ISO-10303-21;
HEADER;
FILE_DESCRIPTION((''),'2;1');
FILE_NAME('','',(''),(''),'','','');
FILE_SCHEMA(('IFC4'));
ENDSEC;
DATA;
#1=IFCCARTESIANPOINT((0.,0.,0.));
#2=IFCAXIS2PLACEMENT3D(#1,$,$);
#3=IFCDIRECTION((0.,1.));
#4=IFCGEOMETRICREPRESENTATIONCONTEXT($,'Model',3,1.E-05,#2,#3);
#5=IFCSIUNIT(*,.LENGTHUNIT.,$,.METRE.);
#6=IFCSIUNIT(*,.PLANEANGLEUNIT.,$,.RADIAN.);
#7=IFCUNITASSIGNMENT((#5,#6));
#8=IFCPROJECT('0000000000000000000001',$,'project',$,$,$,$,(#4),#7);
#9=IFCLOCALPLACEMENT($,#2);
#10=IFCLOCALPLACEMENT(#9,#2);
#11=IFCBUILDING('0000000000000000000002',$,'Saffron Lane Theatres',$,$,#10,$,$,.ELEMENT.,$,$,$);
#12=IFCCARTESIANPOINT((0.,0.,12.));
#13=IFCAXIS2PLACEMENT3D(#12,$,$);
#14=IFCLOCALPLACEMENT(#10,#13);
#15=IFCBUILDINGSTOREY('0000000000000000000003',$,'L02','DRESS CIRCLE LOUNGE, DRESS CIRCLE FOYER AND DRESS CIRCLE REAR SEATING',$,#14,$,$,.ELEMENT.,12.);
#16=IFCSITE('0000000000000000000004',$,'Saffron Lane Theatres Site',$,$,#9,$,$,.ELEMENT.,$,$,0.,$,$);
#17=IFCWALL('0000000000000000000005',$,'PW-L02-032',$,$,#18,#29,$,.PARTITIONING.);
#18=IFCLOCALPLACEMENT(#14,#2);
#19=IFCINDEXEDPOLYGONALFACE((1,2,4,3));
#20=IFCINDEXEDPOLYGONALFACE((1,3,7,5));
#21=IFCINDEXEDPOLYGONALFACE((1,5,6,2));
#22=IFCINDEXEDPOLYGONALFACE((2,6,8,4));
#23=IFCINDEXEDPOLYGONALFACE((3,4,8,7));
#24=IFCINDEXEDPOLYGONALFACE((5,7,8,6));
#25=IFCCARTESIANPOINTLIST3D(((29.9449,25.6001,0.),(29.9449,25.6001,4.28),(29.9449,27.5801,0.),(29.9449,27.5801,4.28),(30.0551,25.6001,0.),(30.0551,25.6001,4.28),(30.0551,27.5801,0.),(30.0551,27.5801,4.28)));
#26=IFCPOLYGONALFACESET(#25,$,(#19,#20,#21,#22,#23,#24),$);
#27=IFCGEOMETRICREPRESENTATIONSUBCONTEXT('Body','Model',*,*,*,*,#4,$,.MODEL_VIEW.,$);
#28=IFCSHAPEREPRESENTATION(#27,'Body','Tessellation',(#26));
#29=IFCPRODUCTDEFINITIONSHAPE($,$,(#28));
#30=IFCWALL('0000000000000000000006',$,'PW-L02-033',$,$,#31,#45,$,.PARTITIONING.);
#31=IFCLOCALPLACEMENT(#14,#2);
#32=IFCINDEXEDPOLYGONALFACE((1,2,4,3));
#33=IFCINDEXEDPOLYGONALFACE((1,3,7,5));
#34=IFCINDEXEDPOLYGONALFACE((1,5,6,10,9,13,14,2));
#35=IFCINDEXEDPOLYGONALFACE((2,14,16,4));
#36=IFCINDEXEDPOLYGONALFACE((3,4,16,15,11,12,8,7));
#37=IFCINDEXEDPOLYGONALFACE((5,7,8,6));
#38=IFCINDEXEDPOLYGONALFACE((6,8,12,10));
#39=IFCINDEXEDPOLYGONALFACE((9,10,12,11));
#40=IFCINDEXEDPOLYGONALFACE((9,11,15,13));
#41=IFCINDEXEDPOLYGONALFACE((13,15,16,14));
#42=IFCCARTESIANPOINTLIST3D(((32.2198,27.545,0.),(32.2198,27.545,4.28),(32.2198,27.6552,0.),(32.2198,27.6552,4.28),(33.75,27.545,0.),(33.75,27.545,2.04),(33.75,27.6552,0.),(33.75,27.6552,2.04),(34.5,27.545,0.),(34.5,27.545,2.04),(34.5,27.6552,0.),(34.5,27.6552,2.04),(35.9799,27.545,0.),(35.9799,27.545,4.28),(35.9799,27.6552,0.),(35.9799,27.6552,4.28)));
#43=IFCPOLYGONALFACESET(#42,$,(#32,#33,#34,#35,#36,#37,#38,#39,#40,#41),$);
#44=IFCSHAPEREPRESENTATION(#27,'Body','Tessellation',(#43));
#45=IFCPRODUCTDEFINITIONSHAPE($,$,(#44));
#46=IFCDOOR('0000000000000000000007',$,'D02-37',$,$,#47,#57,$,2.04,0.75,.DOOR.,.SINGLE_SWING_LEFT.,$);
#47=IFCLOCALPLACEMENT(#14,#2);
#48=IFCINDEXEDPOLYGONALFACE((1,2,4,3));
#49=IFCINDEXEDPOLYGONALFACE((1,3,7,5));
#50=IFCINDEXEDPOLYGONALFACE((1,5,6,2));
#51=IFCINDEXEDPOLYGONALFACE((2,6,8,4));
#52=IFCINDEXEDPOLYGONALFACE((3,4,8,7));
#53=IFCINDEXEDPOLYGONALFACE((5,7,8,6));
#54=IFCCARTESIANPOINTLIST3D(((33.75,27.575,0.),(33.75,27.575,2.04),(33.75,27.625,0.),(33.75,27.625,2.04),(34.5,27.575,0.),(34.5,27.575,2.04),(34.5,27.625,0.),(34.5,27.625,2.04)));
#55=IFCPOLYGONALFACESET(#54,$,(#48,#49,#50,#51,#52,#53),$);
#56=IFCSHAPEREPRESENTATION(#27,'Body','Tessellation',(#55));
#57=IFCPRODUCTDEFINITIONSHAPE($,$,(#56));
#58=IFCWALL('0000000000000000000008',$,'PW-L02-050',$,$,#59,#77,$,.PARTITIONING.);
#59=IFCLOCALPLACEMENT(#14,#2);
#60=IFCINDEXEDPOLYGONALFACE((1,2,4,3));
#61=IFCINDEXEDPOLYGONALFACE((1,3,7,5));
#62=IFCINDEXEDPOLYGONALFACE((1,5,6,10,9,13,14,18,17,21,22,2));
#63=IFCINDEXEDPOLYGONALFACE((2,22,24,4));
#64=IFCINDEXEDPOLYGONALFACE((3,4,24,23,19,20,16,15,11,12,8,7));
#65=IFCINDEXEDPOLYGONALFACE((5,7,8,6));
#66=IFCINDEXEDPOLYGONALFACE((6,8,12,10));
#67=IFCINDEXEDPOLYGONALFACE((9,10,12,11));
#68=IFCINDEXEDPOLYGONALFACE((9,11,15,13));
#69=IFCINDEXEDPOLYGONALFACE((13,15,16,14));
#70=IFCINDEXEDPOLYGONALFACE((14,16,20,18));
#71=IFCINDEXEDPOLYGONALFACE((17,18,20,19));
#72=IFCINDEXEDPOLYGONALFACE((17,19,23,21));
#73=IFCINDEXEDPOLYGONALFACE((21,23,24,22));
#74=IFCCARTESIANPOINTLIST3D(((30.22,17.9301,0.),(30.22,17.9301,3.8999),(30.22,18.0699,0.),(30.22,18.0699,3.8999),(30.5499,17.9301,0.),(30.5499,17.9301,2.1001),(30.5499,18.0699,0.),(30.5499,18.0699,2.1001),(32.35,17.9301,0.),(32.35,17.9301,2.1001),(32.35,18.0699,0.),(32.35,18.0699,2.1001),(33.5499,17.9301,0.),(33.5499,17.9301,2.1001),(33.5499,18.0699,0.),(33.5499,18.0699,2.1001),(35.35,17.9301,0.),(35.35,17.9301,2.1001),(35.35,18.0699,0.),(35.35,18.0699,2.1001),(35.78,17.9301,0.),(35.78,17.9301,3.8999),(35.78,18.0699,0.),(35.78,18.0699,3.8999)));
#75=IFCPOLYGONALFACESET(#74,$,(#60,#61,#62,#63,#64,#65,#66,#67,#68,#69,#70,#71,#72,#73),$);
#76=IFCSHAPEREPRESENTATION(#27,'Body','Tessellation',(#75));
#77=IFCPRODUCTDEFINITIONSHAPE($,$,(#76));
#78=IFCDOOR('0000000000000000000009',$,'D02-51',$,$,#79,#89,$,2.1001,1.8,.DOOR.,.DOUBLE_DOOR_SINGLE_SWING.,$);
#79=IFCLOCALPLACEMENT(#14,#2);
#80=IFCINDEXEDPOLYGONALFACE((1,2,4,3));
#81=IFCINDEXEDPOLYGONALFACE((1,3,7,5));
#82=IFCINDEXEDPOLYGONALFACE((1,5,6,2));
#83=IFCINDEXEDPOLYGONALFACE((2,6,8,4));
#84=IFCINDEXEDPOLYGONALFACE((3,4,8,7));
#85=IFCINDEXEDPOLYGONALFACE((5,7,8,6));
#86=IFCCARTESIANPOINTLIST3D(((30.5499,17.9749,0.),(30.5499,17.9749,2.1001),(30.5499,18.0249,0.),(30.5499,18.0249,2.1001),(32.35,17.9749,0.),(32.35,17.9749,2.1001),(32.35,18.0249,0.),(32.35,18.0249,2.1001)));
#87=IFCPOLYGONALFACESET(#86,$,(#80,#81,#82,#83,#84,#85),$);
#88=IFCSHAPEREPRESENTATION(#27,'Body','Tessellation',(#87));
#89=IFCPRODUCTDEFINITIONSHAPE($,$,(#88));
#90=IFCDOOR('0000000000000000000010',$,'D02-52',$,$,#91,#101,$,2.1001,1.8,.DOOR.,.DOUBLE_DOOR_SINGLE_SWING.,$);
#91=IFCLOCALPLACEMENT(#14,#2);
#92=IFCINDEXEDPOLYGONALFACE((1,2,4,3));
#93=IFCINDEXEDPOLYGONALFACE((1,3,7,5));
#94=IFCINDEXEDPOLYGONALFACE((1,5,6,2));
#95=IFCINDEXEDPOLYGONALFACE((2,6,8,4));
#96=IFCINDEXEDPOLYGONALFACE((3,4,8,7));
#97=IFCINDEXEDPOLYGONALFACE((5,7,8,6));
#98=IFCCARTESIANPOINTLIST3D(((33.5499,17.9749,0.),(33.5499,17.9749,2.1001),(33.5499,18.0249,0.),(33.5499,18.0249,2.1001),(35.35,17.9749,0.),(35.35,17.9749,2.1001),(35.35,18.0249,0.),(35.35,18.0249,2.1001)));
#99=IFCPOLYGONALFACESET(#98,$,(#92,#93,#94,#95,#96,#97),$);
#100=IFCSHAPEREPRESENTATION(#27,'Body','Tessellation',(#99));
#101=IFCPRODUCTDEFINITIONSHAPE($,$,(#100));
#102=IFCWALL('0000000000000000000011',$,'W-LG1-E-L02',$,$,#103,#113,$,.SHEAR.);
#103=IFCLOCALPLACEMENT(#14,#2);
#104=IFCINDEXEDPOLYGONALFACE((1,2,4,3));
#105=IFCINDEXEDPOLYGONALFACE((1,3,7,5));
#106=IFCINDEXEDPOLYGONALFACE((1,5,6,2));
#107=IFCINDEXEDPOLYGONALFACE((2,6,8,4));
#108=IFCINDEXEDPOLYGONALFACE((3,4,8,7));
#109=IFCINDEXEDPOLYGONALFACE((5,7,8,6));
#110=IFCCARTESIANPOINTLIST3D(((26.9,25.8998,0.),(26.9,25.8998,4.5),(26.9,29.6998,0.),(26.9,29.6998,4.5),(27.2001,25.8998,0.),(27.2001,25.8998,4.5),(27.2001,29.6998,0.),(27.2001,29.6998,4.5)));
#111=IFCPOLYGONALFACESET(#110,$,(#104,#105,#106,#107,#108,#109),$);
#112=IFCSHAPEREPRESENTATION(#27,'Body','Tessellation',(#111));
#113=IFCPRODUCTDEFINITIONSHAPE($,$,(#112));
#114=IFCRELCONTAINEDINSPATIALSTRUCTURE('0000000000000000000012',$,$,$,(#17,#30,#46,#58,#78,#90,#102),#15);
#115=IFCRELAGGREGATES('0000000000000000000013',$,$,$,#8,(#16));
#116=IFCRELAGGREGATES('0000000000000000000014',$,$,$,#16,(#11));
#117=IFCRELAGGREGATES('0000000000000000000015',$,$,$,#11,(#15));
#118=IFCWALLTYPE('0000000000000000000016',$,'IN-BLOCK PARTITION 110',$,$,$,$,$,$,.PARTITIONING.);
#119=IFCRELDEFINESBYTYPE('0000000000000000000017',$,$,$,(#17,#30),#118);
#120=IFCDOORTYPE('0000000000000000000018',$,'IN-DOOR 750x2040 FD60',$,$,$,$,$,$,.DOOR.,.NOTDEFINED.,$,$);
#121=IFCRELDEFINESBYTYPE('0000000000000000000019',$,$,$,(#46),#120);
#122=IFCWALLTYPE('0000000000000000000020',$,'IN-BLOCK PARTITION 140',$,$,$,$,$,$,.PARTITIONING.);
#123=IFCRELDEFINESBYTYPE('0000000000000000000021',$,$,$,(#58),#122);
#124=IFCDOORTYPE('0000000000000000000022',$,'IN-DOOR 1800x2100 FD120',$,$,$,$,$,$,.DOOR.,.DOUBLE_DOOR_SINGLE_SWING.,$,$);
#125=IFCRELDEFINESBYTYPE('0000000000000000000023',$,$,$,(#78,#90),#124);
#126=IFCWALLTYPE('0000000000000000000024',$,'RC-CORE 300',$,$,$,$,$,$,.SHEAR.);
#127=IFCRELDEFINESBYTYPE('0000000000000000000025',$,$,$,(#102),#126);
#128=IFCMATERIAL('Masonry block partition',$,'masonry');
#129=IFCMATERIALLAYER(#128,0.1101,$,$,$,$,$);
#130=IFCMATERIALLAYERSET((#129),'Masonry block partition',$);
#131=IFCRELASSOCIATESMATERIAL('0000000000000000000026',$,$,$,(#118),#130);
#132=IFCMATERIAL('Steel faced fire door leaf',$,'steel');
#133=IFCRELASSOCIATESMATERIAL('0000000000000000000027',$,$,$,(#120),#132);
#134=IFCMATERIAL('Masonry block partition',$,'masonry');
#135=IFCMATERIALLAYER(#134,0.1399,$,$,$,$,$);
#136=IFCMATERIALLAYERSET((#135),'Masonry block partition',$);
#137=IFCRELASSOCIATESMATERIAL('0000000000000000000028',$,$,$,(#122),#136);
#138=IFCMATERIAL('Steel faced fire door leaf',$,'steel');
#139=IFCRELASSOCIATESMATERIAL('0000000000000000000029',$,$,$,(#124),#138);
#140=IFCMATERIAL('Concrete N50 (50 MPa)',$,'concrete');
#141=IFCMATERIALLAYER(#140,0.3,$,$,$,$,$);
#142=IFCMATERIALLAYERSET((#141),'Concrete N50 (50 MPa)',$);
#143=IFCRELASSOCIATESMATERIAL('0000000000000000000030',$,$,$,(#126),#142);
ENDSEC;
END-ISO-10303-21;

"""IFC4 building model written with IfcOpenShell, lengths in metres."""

from ifc_helpers import new_model, si_unit, direction, frame, frame_2d, origin, place, context, subcontext, project, spatial, rectangle, extrude, material, layer, layer_set, type_object, element, fill, save


model = new_model("IFC4")

# Units and contexts
model_context = context("Model", 3, precision=1e-05, world=origin(), true_north=direction((0.0, 1.0)))
body_context = subcontext(model_context, "Body", "Model", "MODEL_VIEW")
ifc_project = project(units=[si_unit("LENGTHUNIT", "METRE"), si_unit("PLANEANGLEUNIT", "RADIAN")], contexts=[model_context])

# Site, building, storey
site_placement = place(None, origin())
site = spatial("IfcSite", under=ifc_project, at=site_placement, Name="Saffron Lane Theatres Site", CompositionType="ELEMENT", RefElevation=0.0)
building_placement = place(site_placement, origin())
building = spatial("IfcBuilding", under=site, at=building_placement, Name="Saffron Lane Theatres", CompositionType="ELEMENT")
storey_placement = place(building_placement, frame((0.0, 0.0, 12.0)))
storey = spatial("IfcBuildingStorey", under=building, at=storey_placement, Name="L02", Description="DRESS CIRCLE LOUNGE, DRESS CIRCLE FOYER AND DRESS CIRCLE REAR SEATING", CompositionType="ELEMENT", Elevation=12.0)

# Shared definitions
ifc_material_1 = material(Name="Masonry block partition", Category="masonry")
ifc_layer_1 = layer(ifc_material_1, 0.1101)
ifc_layer_set_1 = layer_set([ifc_layer_1], Name="Masonry block partition")
wall_type_1 = type_object("IfcWallType", Name="IN-BLOCK PARTITION 110", PredefinedType="PARTITIONING", material=ifc_layer_set_1)
ifc_material_2 = material(Name="Steel faced fire door leaf", Category="steel")
door_type_1 = type_object("IfcDoorType", Name="IN-DOOR 750x2040 FD60", OperationType="NOTDEFINED", PredefinedType="DOOR", material=ifc_material_2)

# Wall
wall_1_placement = place(storey_placement, frame((30.0, 25.6001, 0.0), z_axis=(0.0, 0.0, 1.0), x_axis=(0.0, 1.0, 0.0)))
element("IfcWall", 1, at=wall_1_placement, inside=storey, type_object=wall_type_1, Name="PW-L02-032", PredefinedType="PARTITIONING", context=body_context, shape_type="SweptSolid", body=[
    extrude(rectangle(XDim=1.98, YDim=0.1101, at=frame_2d((0.99, 0.0))), origin(), (0.0, 0.0, 1.0), 4.28),
])

# Wall, opening, door
wall_2_placement = place(storey_placement, frame((32.22, 27.6001, 0.0), z_axis=(0.0, 0.0, 1.0), x_axis=(1.0, 0.0, 0.0)))
wall_2 = element("IfcWall", 2, at=wall_2_placement, inside=storey, type_object=wall_type_1, Name="PW-L02-033", PredefinedType="PARTITIONING", context=body_context, shape_type="SweptSolid", body=[
    extrude(rectangle(XDim=3.76, YDim=0.1101, at=frame_2d((1.8799, 0.0))), origin(), (0.0, 0.0, 1.0), 4.28),
])
opening_1_placement = place(wall_2_placement, frame((1.53, 0.0, 0.0)))
opening_1 = element("IfcOpeningElement", 3, at=opening_1_placement, cuts=wall_2, PredefinedType="OPENING", context=body_context, shape_type="SweptSolid", body=[
    extrude(rectangle(XDim=0.75, YDim=2.04, at=frame_2d((0.375, 1.02))), frame((0.0, 0.0649, 0.0), z_axis=(0.0, -1.0, 0.0), x_axis=(1.0, 0.0, 0.0)), (0.0, 0.0, 1.0), 0.1301),
])
door_1_placement = place(opening_1_placement, origin())
door_1 = element("IfcDoor", 4, at=door_1_placement, inside=storey, type_object=door_type_1, Name="D02-37", OperationType="SINGLE_SWING_LEFT", OverallHeight=2.04, OverallWidth=0.75, PredefinedType="DOOR", context=body_context, shape_type="SweptSolid", body=[
    extrude(rectangle(XDim=0.75, YDim=2.04, at=frame_2d((0.375, 1.02))), frame((0.0, 0.0249, 0.0), z_axis=(0.0, -1.0, 0.0), x_axis=(1.0, 0.0, 0.0)), (0.0, 0.0, 1.0), 0.05),
])
fill(opening_1, door_1)

# Wall, openings, doors
ifc_material_3 = material(Name="Masonry block partition", Category="masonry")
ifc_layer_2 = layer(ifc_material_3, 0.1399)
ifc_layer_set_2 = layer_set([ifc_layer_2], Name="Masonry block partition")
wall_type_2 = type_object("IfcWallType", Name="IN-BLOCK PARTITION 140", PredefinedType="PARTITIONING", material=ifc_layer_set_2)
wall_3_placement = place(storey_placement, frame((30.22, 18.0, 0.0), z_axis=(0.0, 0.0, 1.0), x_axis=(1.0, 0.0, 0.0)))
wall_3 = element("IfcWall", 5, at=wall_3_placement, inside=storey, type_object=wall_type_2, Name="PW-L02-050", PredefinedType="PARTITIONING", context=body_context, shape_type="SweptSolid", body=[
    extrude(rectangle(XDim=5.5601, YDim=0.1399, at=frame_2d((2.78, 0.0))), origin(), (0.0, 0.0, 1.0), 3.8999),
])
opening_2_placement = place(wall_3_placement, frame((0.3301, 0.0, 0.0)))
opening_2 = element("IfcOpeningElement", 6, at=opening_2_placement, cuts=wall_3, PredefinedType="OPENING", context=body_context, shape_type="SweptSolid", body=[
    extrude(rectangle(XDim=1.8, YDim=2.1001, at=frame_2d((0.8999, 1.05))), frame((0.0, 0.0801, 0.0), z_axis=(0.0, -1.0, 0.0), x_axis=(1.0, 0.0, 0.0)), (0.0, 0.0, 1.0), 0.1599),
])
opening_3_placement = place(wall_3_placement, frame((3.3301, 0.0, 0.0)))
opening_3 = element("IfcOpeningElement", 7, at=opening_3_placement, cuts=wall_3, PredefinedType="OPENING", context=body_context, shape_type="SweptSolid", body=[
    extrude(rectangle(XDim=1.8, YDim=2.1001, at=frame_2d((0.8999, 1.05))), frame((0.0, 0.0801, 0.0), z_axis=(0.0, -1.0, 0.0), x_axis=(1.0, 0.0, 0.0)), (0.0, 0.0, 1.0), 0.1599),
])
ifc_material_4 = material(Name="Steel faced fire door leaf", Category="steel")
door_type_2 = type_object("IfcDoorType", Name="IN-DOOR 1800x2100 FD120", OperationType="DOUBLE_DOOR_SINGLE_SWING", PredefinedType="DOOR", material=ifc_material_4)
door_2_placement = place(opening_2_placement, origin())
door_2 = element("IfcDoor", 8, at=door_2_placement, inside=storey, type_object=door_type_2, Name="D02-51", OperationType="DOUBLE_DOOR_SINGLE_SWING", OverallHeight=2.1001, OverallWidth=1.8, PredefinedType="DOOR", context=body_context, shape_type="SweptSolid", body=[
    extrude(rectangle(XDim=1.8, YDim=2.1001, at=frame_2d((0.8999, 1.05))), frame((0.0, 0.0249, 0.0), z_axis=(0.0, -1.0, 0.0), x_axis=(1.0, 0.0, 0.0)), (0.0, 0.0, 1.0), 0.05),
])
fill(opening_2, door_2)
door_3_placement = place(opening_3_placement, origin())
door_3 = element("IfcDoor", 9, at=door_3_placement, inside=storey, type_object=door_type_2, Name="D02-52", OperationType="DOUBLE_DOOR_SINGLE_SWING", OverallHeight=2.1001, OverallWidth=1.8, PredefinedType="DOOR", context=body_context, shape_type="SweptSolid", body=[
    extrude(rectangle(XDim=1.8, YDim=2.1001, at=frame_2d((0.8999, 1.05))), frame((0.0, 0.0249, 0.0), z_axis=(0.0, -1.0, 0.0), x_axis=(1.0, 0.0, 0.0)), (0.0, 0.0, 1.0), 0.05),
])
fill(opening_3, door_3)

# Wall
ifc_material_5 = material(Name="Concrete N50 (50 MPa)", Category="concrete")
ifc_layer_3 = layer(ifc_material_5, 0.3)
ifc_layer_set_3 = layer_set([ifc_layer_3], Name="Concrete N50 (50 MPa)")
wall_type_3 = type_object("IfcWallType", Name="RC-CORE 300", PredefinedType="SHEAR", material=ifc_layer_set_3)
wall_4_placement = place(storey_placement, frame((27.05, 25.8999, 0.0), z_axis=(0.0, 0.0, 1.0), x_axis=(0.0, 1.0, 0.0)))
element("IfcWall", 10, at=wall_4_placement, inside=storey, type_object=wall_type_3, Name="W-LG1-E-L02", PredefinedType="SHEAR", context=body_context, shape_type="SweptSolid", body=[
    extrude(rectangle(XDim=3.8, YDim=0.3, at=frame_2d((1.8999, 0.0))), origin(), (0.0, 0.0, 1.0), 4.5),
])

save(model, "model.ifc")
